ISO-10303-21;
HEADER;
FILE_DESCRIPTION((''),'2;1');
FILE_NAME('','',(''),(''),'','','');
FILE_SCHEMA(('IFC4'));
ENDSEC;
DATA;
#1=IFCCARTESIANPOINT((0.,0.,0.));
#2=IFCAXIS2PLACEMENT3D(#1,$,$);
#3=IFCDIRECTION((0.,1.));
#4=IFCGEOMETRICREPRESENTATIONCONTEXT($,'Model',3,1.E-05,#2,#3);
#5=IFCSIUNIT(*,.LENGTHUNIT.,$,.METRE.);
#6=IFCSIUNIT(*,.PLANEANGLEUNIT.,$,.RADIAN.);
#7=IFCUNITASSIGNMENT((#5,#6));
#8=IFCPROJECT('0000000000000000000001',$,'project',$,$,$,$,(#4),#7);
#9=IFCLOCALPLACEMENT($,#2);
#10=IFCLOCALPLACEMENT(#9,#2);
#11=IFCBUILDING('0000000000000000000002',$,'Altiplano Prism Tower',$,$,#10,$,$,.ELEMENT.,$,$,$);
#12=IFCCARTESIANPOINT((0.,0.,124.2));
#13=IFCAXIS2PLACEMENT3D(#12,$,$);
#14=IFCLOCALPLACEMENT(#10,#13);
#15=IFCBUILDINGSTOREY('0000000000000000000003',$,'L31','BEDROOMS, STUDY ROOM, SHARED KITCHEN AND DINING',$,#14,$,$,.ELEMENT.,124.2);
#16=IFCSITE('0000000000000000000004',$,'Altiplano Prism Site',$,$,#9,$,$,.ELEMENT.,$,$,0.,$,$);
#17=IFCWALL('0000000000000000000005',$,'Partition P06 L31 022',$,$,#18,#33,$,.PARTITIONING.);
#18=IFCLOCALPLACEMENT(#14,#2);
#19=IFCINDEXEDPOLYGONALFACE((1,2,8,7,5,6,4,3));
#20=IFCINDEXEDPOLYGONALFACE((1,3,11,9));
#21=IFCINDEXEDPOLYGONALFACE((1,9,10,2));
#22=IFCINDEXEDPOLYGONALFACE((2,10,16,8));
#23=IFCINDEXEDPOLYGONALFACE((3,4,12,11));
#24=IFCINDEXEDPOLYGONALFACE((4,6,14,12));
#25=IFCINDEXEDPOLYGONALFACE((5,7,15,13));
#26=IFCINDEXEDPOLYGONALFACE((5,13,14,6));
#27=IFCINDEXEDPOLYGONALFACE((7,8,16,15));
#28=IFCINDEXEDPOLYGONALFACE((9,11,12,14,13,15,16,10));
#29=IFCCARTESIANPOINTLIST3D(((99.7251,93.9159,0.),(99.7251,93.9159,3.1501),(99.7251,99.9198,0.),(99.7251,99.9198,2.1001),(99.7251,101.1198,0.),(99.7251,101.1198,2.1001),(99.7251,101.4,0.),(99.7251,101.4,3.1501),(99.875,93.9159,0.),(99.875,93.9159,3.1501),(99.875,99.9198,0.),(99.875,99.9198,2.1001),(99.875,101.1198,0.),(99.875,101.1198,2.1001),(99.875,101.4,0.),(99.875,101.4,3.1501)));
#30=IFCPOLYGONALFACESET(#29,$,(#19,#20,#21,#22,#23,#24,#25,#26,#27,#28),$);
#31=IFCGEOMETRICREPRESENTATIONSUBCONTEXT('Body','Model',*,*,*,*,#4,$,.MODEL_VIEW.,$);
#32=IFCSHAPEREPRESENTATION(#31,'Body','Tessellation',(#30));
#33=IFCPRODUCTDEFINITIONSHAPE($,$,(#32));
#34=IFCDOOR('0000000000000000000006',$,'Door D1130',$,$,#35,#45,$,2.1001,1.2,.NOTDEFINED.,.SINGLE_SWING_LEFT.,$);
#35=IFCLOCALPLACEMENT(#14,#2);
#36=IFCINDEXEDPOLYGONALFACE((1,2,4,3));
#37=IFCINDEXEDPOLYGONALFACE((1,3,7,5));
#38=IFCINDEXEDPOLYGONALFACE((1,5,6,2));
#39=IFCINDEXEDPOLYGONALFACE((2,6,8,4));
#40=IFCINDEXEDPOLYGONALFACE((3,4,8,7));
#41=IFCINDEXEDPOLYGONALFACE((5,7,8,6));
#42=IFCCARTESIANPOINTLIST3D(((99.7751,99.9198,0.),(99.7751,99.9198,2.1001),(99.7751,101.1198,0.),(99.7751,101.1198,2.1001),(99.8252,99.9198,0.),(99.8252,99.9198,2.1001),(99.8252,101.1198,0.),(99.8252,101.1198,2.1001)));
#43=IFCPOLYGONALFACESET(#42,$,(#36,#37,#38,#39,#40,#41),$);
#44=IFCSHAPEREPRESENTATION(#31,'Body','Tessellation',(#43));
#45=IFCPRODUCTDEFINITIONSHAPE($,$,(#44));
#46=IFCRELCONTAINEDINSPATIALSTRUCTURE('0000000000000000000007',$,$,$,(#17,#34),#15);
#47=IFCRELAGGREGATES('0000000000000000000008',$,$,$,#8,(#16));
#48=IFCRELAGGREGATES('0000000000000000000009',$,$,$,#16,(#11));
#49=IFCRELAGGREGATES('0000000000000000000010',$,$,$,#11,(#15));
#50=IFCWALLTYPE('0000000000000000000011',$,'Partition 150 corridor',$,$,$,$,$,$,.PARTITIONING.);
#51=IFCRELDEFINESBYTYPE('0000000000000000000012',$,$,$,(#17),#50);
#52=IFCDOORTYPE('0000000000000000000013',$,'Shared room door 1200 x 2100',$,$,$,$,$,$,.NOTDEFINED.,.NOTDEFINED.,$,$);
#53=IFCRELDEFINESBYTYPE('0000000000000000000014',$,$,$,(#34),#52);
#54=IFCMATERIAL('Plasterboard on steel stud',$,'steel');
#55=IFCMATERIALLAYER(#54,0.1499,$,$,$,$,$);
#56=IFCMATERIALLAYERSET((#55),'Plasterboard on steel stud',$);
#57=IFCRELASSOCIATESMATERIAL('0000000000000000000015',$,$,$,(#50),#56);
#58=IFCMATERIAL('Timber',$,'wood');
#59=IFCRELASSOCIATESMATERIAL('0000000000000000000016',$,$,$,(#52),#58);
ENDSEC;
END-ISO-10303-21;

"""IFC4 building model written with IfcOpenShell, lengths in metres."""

from ifc_helpers import new_model, si_unit, direction, frame, frame_2d, origin, place, context, subcontext, project, spatial, rectangle, extrude, material, layer, layer_set, type_object, element, fill, save


model = new_model("IFC4")

# Units and contexts
model_context = context("Model", 3, precision=1e-05, world=origin(), true_north=direction((0.0, 1.0)))
body_context = subcontext(model_context, "Body", "Model", "MODEL_VIEW")
ifc_project = project(units=[si_unit("LENGTHUNIT", "METRE"), si_unit("PLANEANGLEUNIT", "RADIAN")], contexts=[model_context])

# Site, building, storey
site_placement = place(None, origin())
site = spatial("IfcSite", under=ifc_project, at=site_placement, Name="Altiplano Prism Site", CompositionType="ELEMENT", RefElevation=0.0)
building_placement = place(site_placement, origin())
building = spatial("IfcBuilding", under=site, at=building_placement, Name="Altiplano Prism Tower", CompositionType="ELEMENT")
storey_placement = place(building_placement, frame((0.0, 0.0, 124.2)))
storey = spatial("IfcBuildingStorey", under=building, at=storey_placement, Name="L31", Description="BEDROOMS, STUDY ROOM, SHARED KITCHEN AND DINING", CompositionType="ELEMENT", Elevation=124.2)

# Shared definitions
ifc_material_1 = material(Name="Plasterboard on steel stud", Category="steel")

# Shared definitions
ifc_material_2 = material(Name="Timber", Category="wood")

# Shared definitions
ifc_layer_1 = layer(ifc_material_1, 0.1499)
ifc_layer_set_1 = layer_set([ifc_layer_1], Name="Plasterboard on steel stud")
wall_type_1 = type_object("IfcWallType", Name="Partition 150 corridor", PredefinedType="PARTITIONING", material=ifc_layer_set_1)

# Wall, opening, door
wall_1_placement = place(storey_placement, frame((99.8, 93.9158, 0.0), z_axis=(0.0, 0.0, 1.0), x_axis=(0.0, 1.0, 0.0)))
wall_1 = element("IfcWall", 1, at=wall_1_placement, inside=storey, type_object=wall_type_1, Name="Partition P06 L31 022", PredefinedType="PARTITIONING", context=body_context, shape_type="SweptSolid", body=[
    extrude(rectangle(XDim=7.4841, YDim=0.1499, at=frame_2d((3.7422, 0.0))), origin(), (0.0, 0.0, 1.0), 3.1501),
])
opening_1_placement = place(wall_1_placement, frame((6.0039, 0.0, 0.0)))
opening_1 = element("IfcOpeningElement", 2, at=opening_1_placement, cuts=wall_1, PredefinedType="OPENING", context=body_context, shape_type="SweptSolid", body=[
    extrude(rectangle(XDim=1.2, YDim=2.1001, at=frame_2d((0.6001, 1.05))), frame((0.0, 0.0854, 0.0), z_axis=(0.0, -1.0, 0.0), x_axis=(1.0, 0.0, 0.0)), (0.0, 0.0, 1.0), 0.1709),
])
door_type_1 = type_object("IfcDoorType", Name="Shared room door 1200 x 2100", OperationType="NOTDEFINED", PredefinedType="NOTDEFINED", material=ifc_material_2)
door_1_placement = place(opening_1_placement, origin())
door_1 = element("IfcDoor", 3, at=door_1_placement, inside=storey, type_object=door_type_1, Name="Door D1130", OperationType="SINGLE_SWING_LEFT", OverallHeight=2.1001, OverallWidth=1.2, PredefinedType="NOTDEFINED", context=body_context, shape_type="SweptSolid", body=[
    extrude(rectangle(XDim=1.2, YDim=2.1001, at=frame_2d((0.6001, 1.05))), frame((0.0, 0.0249, 0.0), z_axis=(0.0, -1.0, 0.0), x_axis=(1.0, 0.0, 0.0)), (0.0, 0.0, 1.0), 0.05),
])
fill(opening_1, door_1)

save(model, "model.ifc")
